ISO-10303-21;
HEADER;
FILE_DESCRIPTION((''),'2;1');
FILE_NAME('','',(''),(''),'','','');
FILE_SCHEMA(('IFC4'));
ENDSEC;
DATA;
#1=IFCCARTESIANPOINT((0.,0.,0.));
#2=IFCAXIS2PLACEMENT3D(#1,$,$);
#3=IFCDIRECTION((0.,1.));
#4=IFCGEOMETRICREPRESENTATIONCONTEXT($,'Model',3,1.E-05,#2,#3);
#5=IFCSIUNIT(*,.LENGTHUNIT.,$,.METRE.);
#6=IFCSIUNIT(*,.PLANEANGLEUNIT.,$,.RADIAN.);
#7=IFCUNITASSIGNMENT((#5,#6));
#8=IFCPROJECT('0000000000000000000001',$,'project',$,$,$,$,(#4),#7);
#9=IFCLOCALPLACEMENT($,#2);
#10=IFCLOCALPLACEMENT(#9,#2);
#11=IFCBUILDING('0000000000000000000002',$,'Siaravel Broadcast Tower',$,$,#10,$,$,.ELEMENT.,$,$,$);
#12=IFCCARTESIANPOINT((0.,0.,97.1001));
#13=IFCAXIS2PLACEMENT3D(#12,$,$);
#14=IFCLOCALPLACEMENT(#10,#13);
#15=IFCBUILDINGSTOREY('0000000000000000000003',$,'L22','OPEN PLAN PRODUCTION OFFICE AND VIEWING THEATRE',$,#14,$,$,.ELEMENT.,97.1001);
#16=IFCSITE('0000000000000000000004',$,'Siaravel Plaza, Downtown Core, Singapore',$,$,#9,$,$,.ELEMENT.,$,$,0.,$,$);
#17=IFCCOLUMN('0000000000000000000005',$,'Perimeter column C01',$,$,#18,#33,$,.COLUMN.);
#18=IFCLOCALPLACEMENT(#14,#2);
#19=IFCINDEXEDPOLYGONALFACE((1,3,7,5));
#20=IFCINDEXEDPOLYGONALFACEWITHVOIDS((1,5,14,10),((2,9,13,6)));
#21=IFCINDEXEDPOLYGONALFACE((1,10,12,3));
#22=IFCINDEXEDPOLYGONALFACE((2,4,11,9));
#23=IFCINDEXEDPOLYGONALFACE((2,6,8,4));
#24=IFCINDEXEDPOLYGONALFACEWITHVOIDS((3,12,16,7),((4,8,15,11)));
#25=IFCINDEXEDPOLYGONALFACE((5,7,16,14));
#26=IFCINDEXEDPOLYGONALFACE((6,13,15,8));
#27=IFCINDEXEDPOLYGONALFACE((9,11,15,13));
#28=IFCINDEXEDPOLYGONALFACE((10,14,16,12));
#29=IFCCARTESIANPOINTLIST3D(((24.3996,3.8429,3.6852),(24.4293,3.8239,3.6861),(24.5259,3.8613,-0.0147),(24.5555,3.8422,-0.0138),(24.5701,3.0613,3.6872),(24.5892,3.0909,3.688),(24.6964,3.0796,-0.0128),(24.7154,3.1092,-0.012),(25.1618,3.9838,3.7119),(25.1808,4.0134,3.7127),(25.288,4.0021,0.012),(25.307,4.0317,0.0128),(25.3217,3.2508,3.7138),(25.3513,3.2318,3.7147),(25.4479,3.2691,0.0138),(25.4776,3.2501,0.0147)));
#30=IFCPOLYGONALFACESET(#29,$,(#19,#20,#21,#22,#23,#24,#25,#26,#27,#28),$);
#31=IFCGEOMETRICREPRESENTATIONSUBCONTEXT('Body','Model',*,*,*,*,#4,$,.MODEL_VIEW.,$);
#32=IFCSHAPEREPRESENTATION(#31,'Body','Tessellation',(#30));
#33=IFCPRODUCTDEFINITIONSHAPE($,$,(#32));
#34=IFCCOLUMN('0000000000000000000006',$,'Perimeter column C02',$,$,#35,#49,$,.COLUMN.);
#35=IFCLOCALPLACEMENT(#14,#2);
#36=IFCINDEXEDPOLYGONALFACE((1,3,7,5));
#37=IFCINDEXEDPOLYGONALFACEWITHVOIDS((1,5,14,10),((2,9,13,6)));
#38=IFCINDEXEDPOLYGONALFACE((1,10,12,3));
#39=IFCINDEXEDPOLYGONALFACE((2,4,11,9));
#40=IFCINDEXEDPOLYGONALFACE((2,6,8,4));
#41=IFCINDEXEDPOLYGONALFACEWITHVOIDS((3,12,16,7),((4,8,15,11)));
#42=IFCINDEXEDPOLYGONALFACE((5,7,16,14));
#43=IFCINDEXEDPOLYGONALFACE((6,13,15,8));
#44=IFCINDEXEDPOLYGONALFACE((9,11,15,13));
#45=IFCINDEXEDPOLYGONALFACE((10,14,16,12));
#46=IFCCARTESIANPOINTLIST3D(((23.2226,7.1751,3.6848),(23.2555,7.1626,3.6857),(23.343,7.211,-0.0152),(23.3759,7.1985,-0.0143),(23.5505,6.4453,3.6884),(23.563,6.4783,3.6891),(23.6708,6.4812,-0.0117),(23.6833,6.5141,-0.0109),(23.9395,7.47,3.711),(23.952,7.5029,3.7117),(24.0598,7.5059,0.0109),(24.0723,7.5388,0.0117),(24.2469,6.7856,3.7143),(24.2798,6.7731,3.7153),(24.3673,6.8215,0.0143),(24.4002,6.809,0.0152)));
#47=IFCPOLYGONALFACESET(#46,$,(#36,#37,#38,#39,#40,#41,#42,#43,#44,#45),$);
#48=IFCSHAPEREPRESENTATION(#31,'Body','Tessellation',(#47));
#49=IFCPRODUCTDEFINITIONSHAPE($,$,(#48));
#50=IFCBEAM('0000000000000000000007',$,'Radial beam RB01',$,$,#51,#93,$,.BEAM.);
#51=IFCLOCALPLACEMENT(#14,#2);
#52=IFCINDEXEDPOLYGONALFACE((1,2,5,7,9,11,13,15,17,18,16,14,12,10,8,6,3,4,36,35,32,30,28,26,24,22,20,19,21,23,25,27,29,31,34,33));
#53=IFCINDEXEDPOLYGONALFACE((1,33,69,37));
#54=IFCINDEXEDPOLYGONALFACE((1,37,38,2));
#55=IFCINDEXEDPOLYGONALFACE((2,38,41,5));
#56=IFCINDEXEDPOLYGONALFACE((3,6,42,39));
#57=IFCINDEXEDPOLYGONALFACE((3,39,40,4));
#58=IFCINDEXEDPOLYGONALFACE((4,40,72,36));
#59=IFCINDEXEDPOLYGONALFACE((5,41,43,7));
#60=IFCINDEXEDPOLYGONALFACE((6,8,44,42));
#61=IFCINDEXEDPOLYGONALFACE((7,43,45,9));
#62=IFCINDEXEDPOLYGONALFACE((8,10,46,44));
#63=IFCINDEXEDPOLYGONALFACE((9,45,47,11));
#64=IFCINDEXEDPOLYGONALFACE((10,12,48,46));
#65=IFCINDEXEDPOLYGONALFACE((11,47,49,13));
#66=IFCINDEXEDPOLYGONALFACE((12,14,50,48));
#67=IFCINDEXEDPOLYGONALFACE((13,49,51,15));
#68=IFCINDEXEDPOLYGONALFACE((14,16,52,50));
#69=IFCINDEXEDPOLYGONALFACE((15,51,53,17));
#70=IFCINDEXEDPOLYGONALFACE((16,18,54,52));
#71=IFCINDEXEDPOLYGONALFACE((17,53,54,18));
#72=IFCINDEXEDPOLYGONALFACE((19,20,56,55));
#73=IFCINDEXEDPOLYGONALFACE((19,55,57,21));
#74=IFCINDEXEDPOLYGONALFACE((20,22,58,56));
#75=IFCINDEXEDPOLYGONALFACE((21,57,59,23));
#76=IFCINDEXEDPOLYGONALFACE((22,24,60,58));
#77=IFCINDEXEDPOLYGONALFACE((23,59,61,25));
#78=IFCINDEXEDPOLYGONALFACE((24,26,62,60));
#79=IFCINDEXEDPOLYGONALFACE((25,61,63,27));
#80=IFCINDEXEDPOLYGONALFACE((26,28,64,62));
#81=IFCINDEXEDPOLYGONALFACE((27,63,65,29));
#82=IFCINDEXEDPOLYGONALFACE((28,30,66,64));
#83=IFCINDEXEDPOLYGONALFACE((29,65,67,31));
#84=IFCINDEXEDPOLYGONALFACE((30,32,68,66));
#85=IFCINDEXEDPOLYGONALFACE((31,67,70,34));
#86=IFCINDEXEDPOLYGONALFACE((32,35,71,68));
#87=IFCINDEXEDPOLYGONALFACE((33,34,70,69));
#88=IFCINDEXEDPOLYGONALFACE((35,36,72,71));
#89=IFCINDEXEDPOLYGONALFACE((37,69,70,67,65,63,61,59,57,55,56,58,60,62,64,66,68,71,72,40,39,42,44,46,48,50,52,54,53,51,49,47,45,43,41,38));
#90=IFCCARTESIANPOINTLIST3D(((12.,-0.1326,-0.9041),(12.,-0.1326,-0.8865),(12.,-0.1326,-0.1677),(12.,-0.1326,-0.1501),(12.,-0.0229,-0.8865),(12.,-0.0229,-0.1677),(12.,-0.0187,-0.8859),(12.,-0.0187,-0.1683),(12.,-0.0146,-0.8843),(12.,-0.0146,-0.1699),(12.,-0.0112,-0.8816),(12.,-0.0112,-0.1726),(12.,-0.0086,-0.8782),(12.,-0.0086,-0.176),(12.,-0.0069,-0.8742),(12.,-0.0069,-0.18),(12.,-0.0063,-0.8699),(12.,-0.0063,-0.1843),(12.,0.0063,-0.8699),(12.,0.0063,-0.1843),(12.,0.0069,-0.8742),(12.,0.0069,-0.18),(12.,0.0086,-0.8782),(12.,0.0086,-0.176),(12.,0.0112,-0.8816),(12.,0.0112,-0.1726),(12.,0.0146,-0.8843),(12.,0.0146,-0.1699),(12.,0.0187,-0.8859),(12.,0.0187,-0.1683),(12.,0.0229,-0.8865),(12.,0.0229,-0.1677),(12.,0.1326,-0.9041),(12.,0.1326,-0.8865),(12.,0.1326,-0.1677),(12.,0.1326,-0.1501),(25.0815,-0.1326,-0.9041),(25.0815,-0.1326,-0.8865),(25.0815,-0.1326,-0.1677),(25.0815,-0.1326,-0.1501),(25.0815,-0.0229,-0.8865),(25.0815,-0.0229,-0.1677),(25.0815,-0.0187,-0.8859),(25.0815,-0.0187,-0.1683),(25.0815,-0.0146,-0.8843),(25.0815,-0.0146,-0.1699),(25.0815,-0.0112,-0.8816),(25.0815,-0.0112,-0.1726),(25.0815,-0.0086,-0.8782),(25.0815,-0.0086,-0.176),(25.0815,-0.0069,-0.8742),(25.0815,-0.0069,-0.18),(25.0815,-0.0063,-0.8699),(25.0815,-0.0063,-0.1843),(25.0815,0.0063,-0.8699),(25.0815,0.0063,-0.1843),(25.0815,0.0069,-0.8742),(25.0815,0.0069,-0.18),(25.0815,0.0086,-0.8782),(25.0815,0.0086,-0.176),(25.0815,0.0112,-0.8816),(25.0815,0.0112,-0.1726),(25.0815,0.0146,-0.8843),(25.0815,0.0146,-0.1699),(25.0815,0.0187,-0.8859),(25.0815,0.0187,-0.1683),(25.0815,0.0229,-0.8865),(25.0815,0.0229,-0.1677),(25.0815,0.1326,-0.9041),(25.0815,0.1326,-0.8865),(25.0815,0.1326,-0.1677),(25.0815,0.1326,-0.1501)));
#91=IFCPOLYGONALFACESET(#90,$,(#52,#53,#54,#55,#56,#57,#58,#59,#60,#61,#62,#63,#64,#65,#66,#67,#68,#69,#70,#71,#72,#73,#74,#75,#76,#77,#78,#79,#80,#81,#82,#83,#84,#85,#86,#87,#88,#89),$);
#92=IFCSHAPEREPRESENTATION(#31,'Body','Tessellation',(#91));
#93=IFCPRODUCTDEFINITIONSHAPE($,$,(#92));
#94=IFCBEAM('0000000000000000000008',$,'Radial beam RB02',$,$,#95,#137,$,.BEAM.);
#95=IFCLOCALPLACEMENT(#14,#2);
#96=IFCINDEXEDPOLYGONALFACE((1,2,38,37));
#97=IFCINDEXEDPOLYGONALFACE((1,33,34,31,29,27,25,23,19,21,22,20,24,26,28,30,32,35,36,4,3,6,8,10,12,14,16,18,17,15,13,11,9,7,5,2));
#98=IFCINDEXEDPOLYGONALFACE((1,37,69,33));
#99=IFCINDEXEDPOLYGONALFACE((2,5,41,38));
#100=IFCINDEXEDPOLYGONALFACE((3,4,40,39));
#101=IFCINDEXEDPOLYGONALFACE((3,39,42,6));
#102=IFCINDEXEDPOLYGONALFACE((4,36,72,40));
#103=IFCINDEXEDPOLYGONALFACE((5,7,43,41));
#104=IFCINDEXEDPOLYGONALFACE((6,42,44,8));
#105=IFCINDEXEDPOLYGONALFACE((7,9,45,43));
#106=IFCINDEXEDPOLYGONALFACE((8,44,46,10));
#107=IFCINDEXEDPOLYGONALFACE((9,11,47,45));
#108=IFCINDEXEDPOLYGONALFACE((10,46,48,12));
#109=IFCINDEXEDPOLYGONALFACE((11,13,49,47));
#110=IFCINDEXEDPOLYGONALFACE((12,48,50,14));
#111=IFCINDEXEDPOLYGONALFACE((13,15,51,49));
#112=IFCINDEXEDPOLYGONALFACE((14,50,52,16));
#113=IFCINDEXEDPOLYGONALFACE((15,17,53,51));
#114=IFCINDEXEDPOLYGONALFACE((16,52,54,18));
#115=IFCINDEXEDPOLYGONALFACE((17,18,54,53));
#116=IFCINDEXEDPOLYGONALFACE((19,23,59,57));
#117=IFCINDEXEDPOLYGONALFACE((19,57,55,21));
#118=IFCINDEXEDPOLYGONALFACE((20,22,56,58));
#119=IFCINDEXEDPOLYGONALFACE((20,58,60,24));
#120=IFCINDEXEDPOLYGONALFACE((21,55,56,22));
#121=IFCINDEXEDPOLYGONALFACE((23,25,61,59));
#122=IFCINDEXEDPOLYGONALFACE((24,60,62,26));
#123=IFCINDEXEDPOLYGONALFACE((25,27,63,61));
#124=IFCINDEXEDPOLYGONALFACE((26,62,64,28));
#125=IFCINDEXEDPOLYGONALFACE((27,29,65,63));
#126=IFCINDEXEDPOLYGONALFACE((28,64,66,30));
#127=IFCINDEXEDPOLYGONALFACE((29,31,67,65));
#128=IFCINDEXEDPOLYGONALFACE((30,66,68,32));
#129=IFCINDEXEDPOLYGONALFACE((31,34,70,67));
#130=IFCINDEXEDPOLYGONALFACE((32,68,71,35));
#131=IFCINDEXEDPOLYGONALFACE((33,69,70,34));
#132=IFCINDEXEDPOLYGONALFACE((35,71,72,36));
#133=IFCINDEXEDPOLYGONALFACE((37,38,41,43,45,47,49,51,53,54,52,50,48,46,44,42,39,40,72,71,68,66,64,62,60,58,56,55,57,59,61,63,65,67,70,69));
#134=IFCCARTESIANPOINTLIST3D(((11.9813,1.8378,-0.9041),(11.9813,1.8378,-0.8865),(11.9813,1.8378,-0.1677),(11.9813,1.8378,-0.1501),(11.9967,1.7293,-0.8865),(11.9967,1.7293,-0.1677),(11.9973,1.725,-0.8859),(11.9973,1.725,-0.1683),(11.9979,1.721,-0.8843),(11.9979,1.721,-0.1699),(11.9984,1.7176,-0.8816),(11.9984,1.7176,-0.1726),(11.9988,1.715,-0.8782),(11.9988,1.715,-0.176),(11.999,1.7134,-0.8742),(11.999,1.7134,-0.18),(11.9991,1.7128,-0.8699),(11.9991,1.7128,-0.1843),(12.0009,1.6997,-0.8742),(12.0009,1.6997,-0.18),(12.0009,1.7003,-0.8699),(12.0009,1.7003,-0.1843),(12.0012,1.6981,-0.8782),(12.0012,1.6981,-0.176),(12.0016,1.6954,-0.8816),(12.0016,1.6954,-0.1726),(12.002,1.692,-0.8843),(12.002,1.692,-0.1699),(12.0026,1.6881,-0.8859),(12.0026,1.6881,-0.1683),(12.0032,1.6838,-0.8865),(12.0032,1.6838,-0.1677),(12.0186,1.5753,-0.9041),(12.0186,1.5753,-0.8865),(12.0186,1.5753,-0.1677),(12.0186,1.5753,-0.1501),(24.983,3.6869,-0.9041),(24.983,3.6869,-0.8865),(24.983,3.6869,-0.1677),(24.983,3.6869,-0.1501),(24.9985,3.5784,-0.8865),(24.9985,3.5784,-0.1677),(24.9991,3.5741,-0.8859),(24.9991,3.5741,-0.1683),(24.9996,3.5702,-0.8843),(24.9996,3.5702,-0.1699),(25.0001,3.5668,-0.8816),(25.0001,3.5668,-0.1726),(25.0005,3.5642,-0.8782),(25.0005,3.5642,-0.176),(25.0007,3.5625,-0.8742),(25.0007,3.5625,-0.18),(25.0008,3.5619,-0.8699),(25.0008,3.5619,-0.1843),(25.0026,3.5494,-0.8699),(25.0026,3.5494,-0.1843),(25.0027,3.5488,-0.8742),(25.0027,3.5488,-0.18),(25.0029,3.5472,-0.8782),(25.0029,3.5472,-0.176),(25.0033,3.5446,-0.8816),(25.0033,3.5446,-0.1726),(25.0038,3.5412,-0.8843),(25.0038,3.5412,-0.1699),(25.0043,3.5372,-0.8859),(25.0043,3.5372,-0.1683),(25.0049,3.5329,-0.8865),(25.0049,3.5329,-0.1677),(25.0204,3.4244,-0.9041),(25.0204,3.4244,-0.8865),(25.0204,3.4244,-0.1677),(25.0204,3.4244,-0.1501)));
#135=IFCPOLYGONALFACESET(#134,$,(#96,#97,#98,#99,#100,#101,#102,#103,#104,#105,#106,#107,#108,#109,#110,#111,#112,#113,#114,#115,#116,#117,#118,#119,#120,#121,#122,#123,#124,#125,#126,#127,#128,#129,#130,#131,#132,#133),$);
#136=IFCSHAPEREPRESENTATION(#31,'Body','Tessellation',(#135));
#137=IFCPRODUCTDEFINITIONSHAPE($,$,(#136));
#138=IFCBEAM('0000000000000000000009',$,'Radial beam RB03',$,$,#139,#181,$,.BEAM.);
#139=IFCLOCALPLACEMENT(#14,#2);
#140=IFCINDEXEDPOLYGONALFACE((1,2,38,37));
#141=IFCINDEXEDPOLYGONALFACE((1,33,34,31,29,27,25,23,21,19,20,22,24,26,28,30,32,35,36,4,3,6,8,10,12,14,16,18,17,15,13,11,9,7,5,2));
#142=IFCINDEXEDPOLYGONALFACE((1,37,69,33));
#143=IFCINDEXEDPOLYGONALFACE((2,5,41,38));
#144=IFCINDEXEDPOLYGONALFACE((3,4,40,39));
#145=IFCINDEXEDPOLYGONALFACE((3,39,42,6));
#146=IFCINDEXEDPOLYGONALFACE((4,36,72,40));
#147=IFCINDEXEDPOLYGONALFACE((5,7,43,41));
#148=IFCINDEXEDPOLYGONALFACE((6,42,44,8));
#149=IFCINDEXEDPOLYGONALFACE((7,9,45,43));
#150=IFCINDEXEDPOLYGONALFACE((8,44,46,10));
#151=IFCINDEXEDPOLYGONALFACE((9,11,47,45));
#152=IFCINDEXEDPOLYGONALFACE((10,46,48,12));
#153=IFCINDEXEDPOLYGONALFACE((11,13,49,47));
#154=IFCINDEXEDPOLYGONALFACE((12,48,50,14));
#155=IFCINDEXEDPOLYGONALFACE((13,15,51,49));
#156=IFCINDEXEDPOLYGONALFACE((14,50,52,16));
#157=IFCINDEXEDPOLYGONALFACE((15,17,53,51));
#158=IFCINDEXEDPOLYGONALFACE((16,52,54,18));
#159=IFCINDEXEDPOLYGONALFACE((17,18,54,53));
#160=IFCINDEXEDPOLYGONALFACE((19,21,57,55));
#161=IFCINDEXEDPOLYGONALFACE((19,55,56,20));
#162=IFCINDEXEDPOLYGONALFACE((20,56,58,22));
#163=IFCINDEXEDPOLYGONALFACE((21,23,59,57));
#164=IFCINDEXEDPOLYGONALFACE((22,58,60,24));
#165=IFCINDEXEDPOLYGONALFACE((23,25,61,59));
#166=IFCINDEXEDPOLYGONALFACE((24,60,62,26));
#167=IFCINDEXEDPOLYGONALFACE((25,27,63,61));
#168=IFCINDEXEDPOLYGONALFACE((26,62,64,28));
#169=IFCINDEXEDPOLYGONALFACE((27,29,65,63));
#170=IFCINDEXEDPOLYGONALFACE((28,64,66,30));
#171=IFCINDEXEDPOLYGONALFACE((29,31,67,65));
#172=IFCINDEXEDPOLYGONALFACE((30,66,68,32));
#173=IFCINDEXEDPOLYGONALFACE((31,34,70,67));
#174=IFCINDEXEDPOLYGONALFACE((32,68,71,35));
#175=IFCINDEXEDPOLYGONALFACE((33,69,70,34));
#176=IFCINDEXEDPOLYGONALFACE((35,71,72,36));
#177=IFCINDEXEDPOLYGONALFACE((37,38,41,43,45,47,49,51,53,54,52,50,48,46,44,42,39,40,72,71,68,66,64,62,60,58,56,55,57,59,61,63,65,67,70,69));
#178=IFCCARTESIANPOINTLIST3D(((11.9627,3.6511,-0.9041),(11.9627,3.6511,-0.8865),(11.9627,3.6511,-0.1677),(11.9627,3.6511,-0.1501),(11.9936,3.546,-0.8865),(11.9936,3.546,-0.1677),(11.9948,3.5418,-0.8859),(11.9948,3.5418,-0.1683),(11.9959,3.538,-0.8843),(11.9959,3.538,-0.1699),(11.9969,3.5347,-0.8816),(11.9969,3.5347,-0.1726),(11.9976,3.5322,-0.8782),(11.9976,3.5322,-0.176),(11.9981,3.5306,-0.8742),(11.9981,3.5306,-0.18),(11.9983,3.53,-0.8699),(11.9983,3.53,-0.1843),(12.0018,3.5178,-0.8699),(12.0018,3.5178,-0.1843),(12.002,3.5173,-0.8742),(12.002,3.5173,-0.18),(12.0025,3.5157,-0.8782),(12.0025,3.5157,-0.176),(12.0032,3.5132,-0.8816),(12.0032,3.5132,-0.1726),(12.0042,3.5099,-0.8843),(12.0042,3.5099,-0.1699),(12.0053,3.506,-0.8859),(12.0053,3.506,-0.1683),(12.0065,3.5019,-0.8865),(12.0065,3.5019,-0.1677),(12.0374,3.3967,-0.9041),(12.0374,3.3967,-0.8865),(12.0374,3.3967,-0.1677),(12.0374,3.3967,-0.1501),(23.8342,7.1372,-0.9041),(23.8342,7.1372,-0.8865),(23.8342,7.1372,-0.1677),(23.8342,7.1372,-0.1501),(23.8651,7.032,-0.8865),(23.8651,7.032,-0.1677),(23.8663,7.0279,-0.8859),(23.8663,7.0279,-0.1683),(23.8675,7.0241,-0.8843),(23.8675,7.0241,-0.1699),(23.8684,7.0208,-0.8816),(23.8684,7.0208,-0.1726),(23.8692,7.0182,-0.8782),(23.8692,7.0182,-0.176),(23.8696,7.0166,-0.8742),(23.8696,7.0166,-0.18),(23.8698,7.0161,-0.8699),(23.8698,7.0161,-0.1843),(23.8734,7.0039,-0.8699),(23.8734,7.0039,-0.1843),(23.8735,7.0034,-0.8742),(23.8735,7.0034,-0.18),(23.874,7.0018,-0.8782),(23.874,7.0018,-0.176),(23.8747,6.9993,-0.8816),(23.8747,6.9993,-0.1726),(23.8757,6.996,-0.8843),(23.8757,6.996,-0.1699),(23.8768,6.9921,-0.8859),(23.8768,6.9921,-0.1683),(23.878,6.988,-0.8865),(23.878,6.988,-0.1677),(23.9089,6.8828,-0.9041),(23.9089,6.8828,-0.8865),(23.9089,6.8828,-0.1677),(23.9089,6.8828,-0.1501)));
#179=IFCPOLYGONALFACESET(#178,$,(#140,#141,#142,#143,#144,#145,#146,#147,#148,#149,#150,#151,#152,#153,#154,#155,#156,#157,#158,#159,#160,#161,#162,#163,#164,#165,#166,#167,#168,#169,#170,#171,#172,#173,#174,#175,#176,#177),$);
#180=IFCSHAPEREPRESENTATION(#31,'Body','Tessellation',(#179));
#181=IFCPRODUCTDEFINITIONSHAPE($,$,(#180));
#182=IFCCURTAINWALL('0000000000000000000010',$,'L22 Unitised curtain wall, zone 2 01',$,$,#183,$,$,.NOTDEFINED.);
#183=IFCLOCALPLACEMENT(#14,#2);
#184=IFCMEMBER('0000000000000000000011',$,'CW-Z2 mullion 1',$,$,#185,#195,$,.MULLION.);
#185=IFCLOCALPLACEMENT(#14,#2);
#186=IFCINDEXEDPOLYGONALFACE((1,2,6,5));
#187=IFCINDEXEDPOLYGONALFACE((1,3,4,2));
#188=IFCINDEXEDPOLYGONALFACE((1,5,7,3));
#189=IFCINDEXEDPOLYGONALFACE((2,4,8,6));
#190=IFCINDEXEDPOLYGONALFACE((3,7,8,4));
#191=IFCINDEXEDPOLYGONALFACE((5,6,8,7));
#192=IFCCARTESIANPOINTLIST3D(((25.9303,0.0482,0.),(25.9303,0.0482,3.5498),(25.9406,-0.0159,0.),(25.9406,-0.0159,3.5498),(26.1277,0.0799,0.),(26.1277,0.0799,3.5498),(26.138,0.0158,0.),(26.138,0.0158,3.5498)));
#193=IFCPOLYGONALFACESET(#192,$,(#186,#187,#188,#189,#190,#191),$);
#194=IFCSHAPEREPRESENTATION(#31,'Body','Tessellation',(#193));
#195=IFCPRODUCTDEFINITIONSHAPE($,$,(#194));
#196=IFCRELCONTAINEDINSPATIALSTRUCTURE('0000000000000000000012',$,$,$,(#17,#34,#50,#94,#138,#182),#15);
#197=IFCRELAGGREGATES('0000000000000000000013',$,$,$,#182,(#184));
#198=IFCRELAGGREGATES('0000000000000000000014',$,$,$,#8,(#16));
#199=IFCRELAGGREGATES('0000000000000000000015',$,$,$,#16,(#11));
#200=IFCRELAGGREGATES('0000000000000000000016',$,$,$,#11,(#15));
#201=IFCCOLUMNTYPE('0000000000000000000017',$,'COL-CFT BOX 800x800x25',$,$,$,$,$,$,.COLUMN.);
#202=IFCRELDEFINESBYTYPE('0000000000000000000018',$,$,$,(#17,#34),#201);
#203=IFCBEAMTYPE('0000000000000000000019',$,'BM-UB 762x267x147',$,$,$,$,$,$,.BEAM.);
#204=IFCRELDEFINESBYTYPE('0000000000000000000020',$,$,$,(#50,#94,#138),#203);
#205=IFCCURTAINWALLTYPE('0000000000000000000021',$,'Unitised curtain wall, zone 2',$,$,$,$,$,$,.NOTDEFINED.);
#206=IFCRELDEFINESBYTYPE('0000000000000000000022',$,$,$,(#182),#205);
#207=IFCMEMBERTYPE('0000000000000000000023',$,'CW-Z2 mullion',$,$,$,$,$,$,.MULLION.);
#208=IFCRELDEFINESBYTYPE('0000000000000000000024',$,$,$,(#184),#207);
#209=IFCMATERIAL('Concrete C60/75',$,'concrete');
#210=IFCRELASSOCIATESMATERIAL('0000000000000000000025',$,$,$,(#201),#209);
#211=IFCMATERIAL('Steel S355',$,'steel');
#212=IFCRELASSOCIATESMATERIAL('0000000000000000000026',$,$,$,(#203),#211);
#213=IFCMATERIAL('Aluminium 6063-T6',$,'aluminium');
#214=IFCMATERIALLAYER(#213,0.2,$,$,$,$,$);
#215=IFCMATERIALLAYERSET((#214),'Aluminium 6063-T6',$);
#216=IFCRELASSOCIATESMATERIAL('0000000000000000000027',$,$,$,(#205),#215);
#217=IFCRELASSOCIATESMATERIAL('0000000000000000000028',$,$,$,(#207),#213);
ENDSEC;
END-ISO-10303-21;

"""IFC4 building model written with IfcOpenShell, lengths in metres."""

from ifc_helpers import new_model, si_unit, direction, frame, origin, origin_2d, place, context, subcontext, project, spatial, rectangle, hollow_rectangle, i_section, extrude, material, layer, layer_set, material_profile, profile_set, type_object, element, aggregate, save


model = new_model("IFC4")

# Units and contexts
model_context = context("Model", 3, precision=1e-05, world=origin(), true_north=direction((0.0, 1.0)))
body_context = subcontext(model_context, "Body", "Model", "MODEL_VIEW")
ifc_project = project(units=[si_unit("LENGTHUNIT", "METRE"), si_unit("PLANEANGLEUNIT", "RADIAN")], contexts=[model_context])

# Site, building, storey
site_placement = place(None, origin())
site = spatial("IfcSite", under=ifc_project, at=site_placement, Name="Siaravel Plaza, Downtown Core, Singapore", CompositionType="ELEMENT", RefElevation=0.0)
building_placement = place(site_placement, origin())
building = spatial("IfcBuilding", under=site, at=building_placement, Name="Siaravel Broadcast Tower", CompositionType="ELEMENT")
storey_placement = place(building_placement, frame((0.0, 0.0, 97.1001)))
storey = spatial("IfcBuildingStorey", under=building, at=storey_placement, Name="L22", Description="OPEN PLAN PRODUCTION OFFICE AND VIEWING THEATRE", CompositionType="ELEMENT", Elevation=97.1001)

# Columns
ifc_material_1 = material(Name="Concrete C60/75", Category="concrete")
ifc_material_profile_1 = material_profile(ifc_material_1, hollow_rectangle(XDim=0.8, YDim=0.8, WallThickness=0.0249, at=origin_2d()))
ifc_profile_set_1 = profile_set([ifc_material_profile_1], Name="Concrete C60/75")
column_type = type_object("IfcColumnType", Name="COL-CFT BOX 800x800x25", PredefinedType="COLUMN", material=ifc_profile_set_1)
for number, where, z_axis, x_axis, name in (
    (1, (25.0017, 3.5557, 0.0), (-0.034094, -0.004946, 0.999406), (0.213128, -0.977021, 0.002436), "Perimeter column C01"),
    (2, (23.8716, 7.01, 0.0), (-0.032512, -0.009694, 0.999424), (0.40979, -0.912169, 0.004483), "Perimeter column C02"),
):
    element("IfcColumn", number, at=place(storey_placement, frame(where, z_axis=z_axis, x_axis=x_axis)), inside=storey, type_object=column_type, Name=name, PredefinedType="COLUMN", context=body_context, shape_type="SweptSolid", body=[
        extrude(hollow_rectangle(XDim=0.8, YDim=0.8, WallThickness=0.0249, at=origin_2d()), origin(), (0.0, 0.0, 1.0), 3.7021),
    ])

# Beams
ifc_material_2 = material(Name="Steel S355", Category="steel")
ifc_material_profile_2 = material_profile(ifc_material_2, i_section(OverallWidth=0.2651, OverallDepth=0.7539, WebThickness=0.0127, FlangeThickness=0.0176, FilletRadius=0.0166, at=origin_2d()))
ifc_profile_set_2 = profile_set([ifc_material_profile_2], Name="Steel S355")
beam_type = type_object("IfcBeamType", Name="BM-UB 762x267x147", PredefinedType="BEAM", material=ifc_profile_set_2)
beam_1_placement = place(storey_placement, frame((25.0815, 0.0, -0.5271), z_axis=(-1.0, 0.0, 0.0), x_axis=(0.0, -1.0, 0.0)))
element("IfcBeam", 3, at=beam_1_placement, inside=storey, type_object=beam_type, Name="Radial beam RB01", PredefinedType="BEAM", context=body_context, shape_type="SweptSolid", body=[
    extrude(i_section(OverallWidth=0.2651, OverallDepth=0.7539, WebThickness=0.0127, FlangeThickness=0.0176, FilletRadius=0.0166, at=origin_2d()), origin(), (0.0, 0.0, 1.0), 13.0815),
])
beam_2_placement = place(storey_placement, frame((25.0017, 3.5557, -0.5271), z_axis=(-0.990037, -0.140804, 0.0), x_axis=(0.140804, -0.990037, 0.0)))
element("IfcBeam", 4, at=beam_2_placement, inside=storey, type_object=beam_type, Name="Radial beam RB02", PredefinedType="BEAM", context=body_context, shape_type="SweptSolid", body=[
    extrude(i_section(OverallWidth=0.2651, OverallDepth=0.7539, WebThickness=0.0127, FlangeThickness=0.0176, FilletRadius=0.0166, at=origin_2d()), origin(), (0.0, 0.0, 1.0), 13.1326),
])
beam_3_placement = place(storey_placement, frame((23.8716, 7.01, -0.5271), z_axis=(-0.959487, -0.281753, 0.0), x_axis=(0.281753, -0.959487, 0.0)))
element("IfcBeam", 5, at=beam_3_placement, inside=storey, type_object=beam_type, Name="Radial beam RB03", PredefinedType="BEAM", context=body_context, shape_type="SweptSolid", body=[
    extrude(i_section(OverallWidth=0.2651, OverallDepth=0.7539, WebThickness=0.0127, FlangeThickness=0.0176, FilletRadius=0.0166, at=origin_2d()), origin(), (0.0, 0.0, 1.0), 12.3728),
])

# Curtain wall, member
ifc_material_3 = material(Name="Aluminium 6063-T6", Category="aluminium")
ifc_layer_1 = layer(ifc_material_3, 0.2)
ifc_layer_set_1 = layer_set([ifc_layer_1], Name="Aluminium 6063-T6")
curtain_wall_type = type_object("IfcCurtainWallType", Name="Unitised curtain wall, zone 2", PredefinedType="NOTDEFINED", material=ifc_layer_set_1)
curtain_wall_placement = place(storey_placement, origin())
curtain_wall = element("IfcCurtainWall", 6, at=curtain_wall_placement, inside=storey, type_object=curtain_wall_type, Name="L22 Unitised curtain wall, zone 2 01", PredefinedType="NOTDEFINED")
ifc_material_profile_3 = material_profile(ifc_material_3, rectangle(XDim=0.2, YDim=0.0649, at=origin_2d()))
ifc_profile_set_3 = profile_set([ifc_material_profile_3], Name="Aluminium 6063-T6")
member_type_1 = type_object("IfcMemberType", Name="CW-Z2 mullion", PredefinedType="MULLION", material=ifc_profile_set_3)
member_1_placement = place(storey_placement, frame((26.0342, 0.032, 0.0), z_axis=(0.0, 0.0, 1.0), x_axis=(-0.987329, -0.158686, 0.0)))
member_1 = element("IfcMember", 7, at=member_1_placement, type_object=member_type_1, Name="CW-Z2 mullion 1", PredefinedType="MULLION", context=body_context, shape_type="SweptSolid", body=[
    extrude(rectangle(XDim=0.2, YDim=0.0649, at=origin_2d()), origin(), (0.0, 0.0, 1.0), 3.5498),
])

aggregate(curtain_wall, [member_1])

save(model, "model.ifc")
